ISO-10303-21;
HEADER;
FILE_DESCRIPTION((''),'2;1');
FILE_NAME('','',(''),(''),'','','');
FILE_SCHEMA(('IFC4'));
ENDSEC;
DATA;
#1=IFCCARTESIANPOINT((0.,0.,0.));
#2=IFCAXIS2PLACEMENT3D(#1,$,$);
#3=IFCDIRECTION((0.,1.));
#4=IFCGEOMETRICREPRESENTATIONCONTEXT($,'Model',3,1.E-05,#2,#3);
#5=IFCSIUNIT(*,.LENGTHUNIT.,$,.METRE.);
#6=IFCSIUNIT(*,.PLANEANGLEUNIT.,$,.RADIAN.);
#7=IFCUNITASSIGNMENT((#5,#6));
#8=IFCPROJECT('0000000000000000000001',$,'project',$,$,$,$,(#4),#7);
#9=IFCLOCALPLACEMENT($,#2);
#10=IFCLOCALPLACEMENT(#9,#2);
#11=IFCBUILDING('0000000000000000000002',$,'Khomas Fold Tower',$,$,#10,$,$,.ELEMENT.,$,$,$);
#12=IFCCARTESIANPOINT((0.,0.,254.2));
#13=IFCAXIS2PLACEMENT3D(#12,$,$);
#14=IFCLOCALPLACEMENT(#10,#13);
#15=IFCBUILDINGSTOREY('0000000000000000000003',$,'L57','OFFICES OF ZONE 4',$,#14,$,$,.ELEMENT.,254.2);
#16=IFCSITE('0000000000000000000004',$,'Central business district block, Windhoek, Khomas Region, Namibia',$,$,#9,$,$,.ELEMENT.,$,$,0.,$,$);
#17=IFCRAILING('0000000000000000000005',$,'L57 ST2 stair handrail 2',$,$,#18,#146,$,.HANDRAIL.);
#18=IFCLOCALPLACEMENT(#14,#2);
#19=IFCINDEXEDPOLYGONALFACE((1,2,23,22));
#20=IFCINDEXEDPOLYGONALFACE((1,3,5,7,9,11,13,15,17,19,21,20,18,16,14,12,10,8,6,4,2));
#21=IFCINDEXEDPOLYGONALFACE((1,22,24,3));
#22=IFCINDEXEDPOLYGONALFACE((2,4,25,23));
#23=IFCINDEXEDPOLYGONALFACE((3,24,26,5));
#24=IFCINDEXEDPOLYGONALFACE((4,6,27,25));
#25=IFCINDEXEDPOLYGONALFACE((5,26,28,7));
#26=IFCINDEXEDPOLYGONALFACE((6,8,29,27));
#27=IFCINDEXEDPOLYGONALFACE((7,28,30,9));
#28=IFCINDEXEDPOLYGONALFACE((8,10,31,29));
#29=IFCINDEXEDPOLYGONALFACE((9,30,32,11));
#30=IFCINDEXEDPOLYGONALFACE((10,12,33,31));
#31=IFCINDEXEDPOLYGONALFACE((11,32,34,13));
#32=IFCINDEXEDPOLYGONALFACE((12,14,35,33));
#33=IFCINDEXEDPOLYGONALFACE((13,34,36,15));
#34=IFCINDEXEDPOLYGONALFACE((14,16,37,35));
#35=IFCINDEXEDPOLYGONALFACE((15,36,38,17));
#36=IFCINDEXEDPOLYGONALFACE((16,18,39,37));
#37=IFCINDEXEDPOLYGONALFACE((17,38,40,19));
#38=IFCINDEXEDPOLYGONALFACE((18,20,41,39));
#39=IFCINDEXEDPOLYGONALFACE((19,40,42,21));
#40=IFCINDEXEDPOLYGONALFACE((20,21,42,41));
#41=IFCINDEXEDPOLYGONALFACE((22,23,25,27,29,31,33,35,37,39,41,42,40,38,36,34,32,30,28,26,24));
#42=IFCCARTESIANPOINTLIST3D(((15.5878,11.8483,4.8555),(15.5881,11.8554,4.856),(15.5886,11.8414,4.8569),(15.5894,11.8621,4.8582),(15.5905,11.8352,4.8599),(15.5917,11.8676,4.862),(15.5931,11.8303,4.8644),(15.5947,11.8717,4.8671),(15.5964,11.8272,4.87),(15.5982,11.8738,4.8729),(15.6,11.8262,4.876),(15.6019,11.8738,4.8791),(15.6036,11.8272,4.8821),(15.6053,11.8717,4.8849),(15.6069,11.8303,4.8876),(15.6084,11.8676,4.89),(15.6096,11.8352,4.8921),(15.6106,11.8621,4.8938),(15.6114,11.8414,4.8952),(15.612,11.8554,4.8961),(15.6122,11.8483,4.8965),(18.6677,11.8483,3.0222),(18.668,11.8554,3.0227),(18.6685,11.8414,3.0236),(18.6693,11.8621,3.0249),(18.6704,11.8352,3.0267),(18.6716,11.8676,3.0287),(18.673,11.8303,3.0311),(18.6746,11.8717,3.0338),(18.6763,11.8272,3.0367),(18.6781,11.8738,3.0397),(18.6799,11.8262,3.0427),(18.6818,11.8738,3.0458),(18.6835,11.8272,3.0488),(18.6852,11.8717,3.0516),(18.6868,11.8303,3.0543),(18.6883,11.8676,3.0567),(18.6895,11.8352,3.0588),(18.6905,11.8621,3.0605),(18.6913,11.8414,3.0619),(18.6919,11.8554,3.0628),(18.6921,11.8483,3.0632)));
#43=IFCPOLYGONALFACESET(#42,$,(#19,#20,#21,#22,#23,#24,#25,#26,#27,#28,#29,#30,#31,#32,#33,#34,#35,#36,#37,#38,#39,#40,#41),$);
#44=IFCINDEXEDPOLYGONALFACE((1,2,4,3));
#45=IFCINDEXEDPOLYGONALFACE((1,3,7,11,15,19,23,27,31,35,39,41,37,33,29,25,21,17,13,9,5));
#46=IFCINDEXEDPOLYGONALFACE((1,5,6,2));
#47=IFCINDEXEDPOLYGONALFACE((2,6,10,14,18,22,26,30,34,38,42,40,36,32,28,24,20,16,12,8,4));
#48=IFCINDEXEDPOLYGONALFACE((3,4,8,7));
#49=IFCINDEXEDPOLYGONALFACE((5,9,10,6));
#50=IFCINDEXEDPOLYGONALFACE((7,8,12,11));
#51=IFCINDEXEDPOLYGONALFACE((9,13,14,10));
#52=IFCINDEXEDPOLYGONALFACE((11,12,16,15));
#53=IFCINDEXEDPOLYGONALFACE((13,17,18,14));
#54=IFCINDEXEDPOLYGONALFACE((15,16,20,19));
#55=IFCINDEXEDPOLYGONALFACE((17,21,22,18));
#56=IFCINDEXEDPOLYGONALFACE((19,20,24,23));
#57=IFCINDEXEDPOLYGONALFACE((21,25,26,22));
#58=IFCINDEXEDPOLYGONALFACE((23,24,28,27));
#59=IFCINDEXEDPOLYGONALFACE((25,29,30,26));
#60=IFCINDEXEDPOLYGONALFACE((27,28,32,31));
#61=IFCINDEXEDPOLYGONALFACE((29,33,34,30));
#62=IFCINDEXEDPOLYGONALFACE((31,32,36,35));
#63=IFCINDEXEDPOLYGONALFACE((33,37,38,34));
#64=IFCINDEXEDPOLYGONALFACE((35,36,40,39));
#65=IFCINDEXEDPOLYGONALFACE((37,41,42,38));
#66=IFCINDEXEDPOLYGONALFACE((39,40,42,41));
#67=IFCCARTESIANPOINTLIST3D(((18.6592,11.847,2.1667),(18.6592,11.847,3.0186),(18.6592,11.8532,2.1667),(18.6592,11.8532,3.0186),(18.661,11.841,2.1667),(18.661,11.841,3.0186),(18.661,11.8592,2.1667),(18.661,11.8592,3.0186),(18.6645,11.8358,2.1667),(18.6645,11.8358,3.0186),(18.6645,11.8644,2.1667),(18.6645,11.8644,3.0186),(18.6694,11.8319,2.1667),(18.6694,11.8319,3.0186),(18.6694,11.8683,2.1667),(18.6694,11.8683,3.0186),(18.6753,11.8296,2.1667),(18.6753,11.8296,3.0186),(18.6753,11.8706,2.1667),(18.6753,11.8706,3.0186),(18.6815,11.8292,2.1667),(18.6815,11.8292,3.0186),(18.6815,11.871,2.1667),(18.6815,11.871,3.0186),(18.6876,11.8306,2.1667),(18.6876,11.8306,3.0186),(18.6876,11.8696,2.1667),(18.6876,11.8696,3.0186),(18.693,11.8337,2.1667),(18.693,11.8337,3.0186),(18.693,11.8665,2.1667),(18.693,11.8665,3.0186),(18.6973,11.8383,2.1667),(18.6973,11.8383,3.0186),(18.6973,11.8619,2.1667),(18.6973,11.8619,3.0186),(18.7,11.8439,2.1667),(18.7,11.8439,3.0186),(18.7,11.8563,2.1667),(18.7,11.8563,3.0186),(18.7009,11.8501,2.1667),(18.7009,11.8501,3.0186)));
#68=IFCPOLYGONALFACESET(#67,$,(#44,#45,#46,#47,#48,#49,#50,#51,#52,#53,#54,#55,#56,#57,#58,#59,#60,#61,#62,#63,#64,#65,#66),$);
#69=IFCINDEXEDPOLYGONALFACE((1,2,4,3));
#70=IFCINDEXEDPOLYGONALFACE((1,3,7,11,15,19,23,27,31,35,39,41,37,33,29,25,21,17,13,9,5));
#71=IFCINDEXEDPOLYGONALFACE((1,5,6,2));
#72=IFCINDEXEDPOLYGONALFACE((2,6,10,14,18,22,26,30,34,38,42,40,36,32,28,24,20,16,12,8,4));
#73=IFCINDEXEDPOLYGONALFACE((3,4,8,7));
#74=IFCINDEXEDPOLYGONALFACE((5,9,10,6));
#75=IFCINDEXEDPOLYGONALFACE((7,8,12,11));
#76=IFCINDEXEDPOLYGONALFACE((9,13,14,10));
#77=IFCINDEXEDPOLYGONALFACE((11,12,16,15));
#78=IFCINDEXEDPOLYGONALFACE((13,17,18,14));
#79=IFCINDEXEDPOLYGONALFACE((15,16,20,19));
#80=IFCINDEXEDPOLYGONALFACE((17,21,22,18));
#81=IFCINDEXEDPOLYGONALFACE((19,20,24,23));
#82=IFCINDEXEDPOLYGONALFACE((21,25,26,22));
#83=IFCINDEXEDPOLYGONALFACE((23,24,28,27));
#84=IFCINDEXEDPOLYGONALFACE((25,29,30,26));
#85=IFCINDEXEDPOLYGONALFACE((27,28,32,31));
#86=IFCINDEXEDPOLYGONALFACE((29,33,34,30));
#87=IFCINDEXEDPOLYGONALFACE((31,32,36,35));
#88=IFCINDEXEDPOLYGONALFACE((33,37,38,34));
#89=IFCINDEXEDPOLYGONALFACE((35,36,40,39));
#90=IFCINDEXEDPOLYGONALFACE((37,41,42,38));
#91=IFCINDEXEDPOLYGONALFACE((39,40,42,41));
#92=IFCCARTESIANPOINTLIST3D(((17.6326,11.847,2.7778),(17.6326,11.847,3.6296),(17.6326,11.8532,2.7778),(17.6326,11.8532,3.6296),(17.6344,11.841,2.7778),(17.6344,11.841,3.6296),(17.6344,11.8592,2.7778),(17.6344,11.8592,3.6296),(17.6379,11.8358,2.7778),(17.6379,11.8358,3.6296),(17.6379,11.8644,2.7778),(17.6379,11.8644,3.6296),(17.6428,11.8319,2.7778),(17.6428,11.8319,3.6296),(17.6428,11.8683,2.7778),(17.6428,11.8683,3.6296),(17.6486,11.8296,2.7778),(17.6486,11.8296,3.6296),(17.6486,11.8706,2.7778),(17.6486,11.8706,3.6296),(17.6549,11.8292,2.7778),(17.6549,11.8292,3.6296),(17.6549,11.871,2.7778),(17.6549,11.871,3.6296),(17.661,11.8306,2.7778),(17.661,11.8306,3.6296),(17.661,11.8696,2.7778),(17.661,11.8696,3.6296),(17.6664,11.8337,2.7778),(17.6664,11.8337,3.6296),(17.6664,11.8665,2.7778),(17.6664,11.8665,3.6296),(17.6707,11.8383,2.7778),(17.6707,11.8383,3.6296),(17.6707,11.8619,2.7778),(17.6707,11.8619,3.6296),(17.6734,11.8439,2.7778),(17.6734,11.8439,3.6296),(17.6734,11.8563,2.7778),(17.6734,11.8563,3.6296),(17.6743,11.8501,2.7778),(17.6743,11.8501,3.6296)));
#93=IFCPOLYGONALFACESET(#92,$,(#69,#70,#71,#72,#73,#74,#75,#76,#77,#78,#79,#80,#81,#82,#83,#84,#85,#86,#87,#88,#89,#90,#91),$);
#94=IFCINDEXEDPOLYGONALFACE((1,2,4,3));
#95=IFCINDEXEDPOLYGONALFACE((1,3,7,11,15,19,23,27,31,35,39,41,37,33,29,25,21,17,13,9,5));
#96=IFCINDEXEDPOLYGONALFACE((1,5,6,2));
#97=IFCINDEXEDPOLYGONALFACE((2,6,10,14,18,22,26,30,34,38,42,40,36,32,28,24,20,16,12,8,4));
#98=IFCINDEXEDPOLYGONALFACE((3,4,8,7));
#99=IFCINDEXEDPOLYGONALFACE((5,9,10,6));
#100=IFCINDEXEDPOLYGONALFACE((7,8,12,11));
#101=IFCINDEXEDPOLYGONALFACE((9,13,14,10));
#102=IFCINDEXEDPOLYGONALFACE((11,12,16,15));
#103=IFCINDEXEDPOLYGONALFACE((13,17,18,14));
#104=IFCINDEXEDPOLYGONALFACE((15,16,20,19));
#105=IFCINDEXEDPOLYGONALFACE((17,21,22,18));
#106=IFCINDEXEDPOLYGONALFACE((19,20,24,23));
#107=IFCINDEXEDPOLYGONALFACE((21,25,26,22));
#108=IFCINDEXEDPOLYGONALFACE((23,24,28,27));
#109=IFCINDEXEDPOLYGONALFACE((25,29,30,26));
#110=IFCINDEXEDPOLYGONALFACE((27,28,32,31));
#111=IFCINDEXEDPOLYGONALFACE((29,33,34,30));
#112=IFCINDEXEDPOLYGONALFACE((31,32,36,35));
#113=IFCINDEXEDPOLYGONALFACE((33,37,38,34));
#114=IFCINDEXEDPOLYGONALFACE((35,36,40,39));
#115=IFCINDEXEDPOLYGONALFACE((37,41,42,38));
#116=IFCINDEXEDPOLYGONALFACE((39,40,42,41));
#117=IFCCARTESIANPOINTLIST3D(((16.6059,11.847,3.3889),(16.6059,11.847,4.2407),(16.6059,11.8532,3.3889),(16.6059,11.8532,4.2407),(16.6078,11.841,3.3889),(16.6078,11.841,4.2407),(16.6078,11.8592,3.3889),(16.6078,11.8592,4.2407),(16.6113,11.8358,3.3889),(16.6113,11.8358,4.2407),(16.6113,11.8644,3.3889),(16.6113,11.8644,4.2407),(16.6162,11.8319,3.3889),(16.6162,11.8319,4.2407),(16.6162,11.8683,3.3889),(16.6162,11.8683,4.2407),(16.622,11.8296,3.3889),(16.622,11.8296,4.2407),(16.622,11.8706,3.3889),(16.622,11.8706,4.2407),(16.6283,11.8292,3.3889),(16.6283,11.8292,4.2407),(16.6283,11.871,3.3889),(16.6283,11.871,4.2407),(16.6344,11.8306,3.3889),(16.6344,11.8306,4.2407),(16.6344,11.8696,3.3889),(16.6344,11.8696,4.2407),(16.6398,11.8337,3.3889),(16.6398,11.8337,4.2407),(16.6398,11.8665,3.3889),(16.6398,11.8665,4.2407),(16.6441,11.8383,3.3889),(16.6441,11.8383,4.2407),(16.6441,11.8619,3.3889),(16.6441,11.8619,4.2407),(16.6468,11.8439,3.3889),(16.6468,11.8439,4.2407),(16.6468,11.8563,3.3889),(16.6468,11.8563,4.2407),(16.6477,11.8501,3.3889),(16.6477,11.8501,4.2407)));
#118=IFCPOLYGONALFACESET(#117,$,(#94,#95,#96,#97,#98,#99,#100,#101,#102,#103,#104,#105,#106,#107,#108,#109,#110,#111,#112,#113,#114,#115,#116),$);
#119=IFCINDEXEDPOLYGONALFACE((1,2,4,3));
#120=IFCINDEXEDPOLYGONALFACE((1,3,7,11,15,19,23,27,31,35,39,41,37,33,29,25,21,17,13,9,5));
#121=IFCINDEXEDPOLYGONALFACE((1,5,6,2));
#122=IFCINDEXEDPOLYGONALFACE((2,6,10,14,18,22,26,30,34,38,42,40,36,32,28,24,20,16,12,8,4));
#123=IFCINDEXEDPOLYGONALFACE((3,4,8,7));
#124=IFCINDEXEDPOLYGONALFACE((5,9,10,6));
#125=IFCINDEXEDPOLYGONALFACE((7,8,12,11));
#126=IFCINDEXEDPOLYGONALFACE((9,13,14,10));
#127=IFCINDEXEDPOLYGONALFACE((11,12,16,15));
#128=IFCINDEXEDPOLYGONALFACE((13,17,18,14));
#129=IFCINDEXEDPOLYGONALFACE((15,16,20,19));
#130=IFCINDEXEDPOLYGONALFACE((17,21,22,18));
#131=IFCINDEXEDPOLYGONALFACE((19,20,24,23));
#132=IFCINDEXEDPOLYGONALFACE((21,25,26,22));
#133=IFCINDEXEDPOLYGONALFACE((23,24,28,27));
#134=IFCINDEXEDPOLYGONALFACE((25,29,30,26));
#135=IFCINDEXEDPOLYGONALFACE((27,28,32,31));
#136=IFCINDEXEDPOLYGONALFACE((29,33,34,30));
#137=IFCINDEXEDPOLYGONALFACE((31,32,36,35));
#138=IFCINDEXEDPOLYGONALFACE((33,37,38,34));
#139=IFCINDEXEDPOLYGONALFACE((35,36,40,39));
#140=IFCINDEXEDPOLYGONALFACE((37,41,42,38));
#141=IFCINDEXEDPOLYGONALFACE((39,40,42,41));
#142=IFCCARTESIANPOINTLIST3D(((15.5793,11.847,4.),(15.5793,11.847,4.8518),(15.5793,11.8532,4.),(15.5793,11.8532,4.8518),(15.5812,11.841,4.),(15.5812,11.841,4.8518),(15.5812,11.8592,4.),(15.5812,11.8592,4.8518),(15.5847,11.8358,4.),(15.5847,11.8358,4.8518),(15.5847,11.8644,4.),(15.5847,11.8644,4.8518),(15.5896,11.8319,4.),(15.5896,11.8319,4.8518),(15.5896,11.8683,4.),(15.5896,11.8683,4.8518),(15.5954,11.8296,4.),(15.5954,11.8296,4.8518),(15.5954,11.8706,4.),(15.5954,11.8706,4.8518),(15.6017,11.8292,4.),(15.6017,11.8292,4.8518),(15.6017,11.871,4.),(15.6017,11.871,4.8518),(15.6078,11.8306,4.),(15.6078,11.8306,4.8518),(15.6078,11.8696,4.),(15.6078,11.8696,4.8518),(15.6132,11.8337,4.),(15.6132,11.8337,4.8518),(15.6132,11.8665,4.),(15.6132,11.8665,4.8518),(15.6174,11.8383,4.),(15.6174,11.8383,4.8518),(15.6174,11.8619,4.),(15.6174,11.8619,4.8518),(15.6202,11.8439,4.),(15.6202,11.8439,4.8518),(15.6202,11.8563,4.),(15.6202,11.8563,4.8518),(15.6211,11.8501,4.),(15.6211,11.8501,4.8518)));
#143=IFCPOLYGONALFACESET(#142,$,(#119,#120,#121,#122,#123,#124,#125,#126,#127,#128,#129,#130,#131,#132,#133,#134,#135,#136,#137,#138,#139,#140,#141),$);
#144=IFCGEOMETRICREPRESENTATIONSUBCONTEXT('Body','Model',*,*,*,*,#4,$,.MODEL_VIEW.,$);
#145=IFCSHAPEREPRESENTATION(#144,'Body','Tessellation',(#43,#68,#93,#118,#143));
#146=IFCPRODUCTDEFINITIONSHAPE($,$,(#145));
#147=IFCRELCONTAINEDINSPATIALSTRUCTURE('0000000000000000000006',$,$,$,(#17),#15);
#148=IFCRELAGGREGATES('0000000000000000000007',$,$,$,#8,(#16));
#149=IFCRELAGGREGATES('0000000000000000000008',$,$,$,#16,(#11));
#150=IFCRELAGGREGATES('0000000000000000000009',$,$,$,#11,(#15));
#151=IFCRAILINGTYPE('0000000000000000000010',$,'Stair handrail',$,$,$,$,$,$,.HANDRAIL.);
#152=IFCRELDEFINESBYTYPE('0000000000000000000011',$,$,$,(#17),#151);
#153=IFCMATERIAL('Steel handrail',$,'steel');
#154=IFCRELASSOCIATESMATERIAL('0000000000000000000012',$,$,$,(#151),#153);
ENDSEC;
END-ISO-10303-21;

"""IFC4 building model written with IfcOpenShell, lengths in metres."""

from ifc_helpers import new_model, si_unit, direction, frame, origin, origin_2d, place, context, subcontext, project, spatial, circle, extrude, source, transform, mapped, material, type_object, element, save


model = new_model("IFC4")

# Units and contexts
model_context = context("Model", 3, precision=1e-05, world=origin(), true_north=direction((0.0, 1.0)))
body_context = subcontext(model_context, "Body", "Model", "MODEL_VIEW")
ifc_project = project(units=[si_unit("LENGTHUNIT", "METRE"), si_unit("PLANEANGLEUNIT", "RADIAN")], contexts=[model_context])

# Site, building, storey
site_placement = place(None, origin())
site = spatial("IfcSite", under=ifc_project, at=site_placement, Name="Central business district block, Windhoek, Khomas Region, Namibia", CompositionType="ELEMENT", RefElevation=0.0)
building_placement = place(site_placement, origin())
building = spatial("IfcBuilding", under=site, at=building_placement, Name="Khomas Fold Tower", CompositionType="ELEMENT")
storey_placement = place(building_placement, frame((0.0, 0.0, 254.2)))
storey = spatial("IfcBuildingStorey", under=building, at=storey_placement, Name="L57", Description="OFFICES OF ZONE 4", CompositionType="ELEMENT", Elevation=254.2)

# Railing
ifc_material_1 = material(Name="Steel handrail", Category="steel")
railing_type_1 = type_object("IfcRailingType", Name="Stair handrail", PredefinedType="HANDRAIL", material=ifc_material_1)
shared_shape_1 = source(origin(), body_context, "Body", "SweptSolid", [
    extrude(circle(Radius=0.0239, at=origin_2d()), frame((0.0, 0.0, 0.876), z_axis=(-0.859291, 0.0, 0.511487), x_axis=(0.0, -1.0, 0.0)), (0.0, 0.0, 1.0), 3.5842),
    extrude(circle(Radius=0.021, at=origin_2d()), origin(), (0.0, 0.0, 1.0), 0.8518),
    extrude(circle(Radius=0.021, at=origin_2d()), frame((-1.0266, 0.0, 0.6111)), (0.0, 0.0, 1.0), 0.8518),
    extrude(circle(Radius=0.021, at=origin_2d()), frame((-2.0532, 0.0, 1.2222)), (0.0, 0.0, 1.0), 0.8518),
    extrude(circle(Radius=0.021, at=origin_2d()), frame((-3.0798, 0.0, 1.8333)), (0.0, 0.0, 1.0), 0.8518),
])
railing_1_placement = place(storey_placement, frame((18.6799, 11.8501, 2.1667)))
element("IfcRailing", 1, at=railing_1_placement, inside=storey, type_object=railing_type_1, Name="L57 ST2 stair handrail 2", PredefinedType="HANDRAIL", context=body_context, shape_type="MappedRepresentation", body=[
    mapped(shared_shape_1, transform((0.0, 0.0, 0.0))),
])

save(model, "model.ifc")
